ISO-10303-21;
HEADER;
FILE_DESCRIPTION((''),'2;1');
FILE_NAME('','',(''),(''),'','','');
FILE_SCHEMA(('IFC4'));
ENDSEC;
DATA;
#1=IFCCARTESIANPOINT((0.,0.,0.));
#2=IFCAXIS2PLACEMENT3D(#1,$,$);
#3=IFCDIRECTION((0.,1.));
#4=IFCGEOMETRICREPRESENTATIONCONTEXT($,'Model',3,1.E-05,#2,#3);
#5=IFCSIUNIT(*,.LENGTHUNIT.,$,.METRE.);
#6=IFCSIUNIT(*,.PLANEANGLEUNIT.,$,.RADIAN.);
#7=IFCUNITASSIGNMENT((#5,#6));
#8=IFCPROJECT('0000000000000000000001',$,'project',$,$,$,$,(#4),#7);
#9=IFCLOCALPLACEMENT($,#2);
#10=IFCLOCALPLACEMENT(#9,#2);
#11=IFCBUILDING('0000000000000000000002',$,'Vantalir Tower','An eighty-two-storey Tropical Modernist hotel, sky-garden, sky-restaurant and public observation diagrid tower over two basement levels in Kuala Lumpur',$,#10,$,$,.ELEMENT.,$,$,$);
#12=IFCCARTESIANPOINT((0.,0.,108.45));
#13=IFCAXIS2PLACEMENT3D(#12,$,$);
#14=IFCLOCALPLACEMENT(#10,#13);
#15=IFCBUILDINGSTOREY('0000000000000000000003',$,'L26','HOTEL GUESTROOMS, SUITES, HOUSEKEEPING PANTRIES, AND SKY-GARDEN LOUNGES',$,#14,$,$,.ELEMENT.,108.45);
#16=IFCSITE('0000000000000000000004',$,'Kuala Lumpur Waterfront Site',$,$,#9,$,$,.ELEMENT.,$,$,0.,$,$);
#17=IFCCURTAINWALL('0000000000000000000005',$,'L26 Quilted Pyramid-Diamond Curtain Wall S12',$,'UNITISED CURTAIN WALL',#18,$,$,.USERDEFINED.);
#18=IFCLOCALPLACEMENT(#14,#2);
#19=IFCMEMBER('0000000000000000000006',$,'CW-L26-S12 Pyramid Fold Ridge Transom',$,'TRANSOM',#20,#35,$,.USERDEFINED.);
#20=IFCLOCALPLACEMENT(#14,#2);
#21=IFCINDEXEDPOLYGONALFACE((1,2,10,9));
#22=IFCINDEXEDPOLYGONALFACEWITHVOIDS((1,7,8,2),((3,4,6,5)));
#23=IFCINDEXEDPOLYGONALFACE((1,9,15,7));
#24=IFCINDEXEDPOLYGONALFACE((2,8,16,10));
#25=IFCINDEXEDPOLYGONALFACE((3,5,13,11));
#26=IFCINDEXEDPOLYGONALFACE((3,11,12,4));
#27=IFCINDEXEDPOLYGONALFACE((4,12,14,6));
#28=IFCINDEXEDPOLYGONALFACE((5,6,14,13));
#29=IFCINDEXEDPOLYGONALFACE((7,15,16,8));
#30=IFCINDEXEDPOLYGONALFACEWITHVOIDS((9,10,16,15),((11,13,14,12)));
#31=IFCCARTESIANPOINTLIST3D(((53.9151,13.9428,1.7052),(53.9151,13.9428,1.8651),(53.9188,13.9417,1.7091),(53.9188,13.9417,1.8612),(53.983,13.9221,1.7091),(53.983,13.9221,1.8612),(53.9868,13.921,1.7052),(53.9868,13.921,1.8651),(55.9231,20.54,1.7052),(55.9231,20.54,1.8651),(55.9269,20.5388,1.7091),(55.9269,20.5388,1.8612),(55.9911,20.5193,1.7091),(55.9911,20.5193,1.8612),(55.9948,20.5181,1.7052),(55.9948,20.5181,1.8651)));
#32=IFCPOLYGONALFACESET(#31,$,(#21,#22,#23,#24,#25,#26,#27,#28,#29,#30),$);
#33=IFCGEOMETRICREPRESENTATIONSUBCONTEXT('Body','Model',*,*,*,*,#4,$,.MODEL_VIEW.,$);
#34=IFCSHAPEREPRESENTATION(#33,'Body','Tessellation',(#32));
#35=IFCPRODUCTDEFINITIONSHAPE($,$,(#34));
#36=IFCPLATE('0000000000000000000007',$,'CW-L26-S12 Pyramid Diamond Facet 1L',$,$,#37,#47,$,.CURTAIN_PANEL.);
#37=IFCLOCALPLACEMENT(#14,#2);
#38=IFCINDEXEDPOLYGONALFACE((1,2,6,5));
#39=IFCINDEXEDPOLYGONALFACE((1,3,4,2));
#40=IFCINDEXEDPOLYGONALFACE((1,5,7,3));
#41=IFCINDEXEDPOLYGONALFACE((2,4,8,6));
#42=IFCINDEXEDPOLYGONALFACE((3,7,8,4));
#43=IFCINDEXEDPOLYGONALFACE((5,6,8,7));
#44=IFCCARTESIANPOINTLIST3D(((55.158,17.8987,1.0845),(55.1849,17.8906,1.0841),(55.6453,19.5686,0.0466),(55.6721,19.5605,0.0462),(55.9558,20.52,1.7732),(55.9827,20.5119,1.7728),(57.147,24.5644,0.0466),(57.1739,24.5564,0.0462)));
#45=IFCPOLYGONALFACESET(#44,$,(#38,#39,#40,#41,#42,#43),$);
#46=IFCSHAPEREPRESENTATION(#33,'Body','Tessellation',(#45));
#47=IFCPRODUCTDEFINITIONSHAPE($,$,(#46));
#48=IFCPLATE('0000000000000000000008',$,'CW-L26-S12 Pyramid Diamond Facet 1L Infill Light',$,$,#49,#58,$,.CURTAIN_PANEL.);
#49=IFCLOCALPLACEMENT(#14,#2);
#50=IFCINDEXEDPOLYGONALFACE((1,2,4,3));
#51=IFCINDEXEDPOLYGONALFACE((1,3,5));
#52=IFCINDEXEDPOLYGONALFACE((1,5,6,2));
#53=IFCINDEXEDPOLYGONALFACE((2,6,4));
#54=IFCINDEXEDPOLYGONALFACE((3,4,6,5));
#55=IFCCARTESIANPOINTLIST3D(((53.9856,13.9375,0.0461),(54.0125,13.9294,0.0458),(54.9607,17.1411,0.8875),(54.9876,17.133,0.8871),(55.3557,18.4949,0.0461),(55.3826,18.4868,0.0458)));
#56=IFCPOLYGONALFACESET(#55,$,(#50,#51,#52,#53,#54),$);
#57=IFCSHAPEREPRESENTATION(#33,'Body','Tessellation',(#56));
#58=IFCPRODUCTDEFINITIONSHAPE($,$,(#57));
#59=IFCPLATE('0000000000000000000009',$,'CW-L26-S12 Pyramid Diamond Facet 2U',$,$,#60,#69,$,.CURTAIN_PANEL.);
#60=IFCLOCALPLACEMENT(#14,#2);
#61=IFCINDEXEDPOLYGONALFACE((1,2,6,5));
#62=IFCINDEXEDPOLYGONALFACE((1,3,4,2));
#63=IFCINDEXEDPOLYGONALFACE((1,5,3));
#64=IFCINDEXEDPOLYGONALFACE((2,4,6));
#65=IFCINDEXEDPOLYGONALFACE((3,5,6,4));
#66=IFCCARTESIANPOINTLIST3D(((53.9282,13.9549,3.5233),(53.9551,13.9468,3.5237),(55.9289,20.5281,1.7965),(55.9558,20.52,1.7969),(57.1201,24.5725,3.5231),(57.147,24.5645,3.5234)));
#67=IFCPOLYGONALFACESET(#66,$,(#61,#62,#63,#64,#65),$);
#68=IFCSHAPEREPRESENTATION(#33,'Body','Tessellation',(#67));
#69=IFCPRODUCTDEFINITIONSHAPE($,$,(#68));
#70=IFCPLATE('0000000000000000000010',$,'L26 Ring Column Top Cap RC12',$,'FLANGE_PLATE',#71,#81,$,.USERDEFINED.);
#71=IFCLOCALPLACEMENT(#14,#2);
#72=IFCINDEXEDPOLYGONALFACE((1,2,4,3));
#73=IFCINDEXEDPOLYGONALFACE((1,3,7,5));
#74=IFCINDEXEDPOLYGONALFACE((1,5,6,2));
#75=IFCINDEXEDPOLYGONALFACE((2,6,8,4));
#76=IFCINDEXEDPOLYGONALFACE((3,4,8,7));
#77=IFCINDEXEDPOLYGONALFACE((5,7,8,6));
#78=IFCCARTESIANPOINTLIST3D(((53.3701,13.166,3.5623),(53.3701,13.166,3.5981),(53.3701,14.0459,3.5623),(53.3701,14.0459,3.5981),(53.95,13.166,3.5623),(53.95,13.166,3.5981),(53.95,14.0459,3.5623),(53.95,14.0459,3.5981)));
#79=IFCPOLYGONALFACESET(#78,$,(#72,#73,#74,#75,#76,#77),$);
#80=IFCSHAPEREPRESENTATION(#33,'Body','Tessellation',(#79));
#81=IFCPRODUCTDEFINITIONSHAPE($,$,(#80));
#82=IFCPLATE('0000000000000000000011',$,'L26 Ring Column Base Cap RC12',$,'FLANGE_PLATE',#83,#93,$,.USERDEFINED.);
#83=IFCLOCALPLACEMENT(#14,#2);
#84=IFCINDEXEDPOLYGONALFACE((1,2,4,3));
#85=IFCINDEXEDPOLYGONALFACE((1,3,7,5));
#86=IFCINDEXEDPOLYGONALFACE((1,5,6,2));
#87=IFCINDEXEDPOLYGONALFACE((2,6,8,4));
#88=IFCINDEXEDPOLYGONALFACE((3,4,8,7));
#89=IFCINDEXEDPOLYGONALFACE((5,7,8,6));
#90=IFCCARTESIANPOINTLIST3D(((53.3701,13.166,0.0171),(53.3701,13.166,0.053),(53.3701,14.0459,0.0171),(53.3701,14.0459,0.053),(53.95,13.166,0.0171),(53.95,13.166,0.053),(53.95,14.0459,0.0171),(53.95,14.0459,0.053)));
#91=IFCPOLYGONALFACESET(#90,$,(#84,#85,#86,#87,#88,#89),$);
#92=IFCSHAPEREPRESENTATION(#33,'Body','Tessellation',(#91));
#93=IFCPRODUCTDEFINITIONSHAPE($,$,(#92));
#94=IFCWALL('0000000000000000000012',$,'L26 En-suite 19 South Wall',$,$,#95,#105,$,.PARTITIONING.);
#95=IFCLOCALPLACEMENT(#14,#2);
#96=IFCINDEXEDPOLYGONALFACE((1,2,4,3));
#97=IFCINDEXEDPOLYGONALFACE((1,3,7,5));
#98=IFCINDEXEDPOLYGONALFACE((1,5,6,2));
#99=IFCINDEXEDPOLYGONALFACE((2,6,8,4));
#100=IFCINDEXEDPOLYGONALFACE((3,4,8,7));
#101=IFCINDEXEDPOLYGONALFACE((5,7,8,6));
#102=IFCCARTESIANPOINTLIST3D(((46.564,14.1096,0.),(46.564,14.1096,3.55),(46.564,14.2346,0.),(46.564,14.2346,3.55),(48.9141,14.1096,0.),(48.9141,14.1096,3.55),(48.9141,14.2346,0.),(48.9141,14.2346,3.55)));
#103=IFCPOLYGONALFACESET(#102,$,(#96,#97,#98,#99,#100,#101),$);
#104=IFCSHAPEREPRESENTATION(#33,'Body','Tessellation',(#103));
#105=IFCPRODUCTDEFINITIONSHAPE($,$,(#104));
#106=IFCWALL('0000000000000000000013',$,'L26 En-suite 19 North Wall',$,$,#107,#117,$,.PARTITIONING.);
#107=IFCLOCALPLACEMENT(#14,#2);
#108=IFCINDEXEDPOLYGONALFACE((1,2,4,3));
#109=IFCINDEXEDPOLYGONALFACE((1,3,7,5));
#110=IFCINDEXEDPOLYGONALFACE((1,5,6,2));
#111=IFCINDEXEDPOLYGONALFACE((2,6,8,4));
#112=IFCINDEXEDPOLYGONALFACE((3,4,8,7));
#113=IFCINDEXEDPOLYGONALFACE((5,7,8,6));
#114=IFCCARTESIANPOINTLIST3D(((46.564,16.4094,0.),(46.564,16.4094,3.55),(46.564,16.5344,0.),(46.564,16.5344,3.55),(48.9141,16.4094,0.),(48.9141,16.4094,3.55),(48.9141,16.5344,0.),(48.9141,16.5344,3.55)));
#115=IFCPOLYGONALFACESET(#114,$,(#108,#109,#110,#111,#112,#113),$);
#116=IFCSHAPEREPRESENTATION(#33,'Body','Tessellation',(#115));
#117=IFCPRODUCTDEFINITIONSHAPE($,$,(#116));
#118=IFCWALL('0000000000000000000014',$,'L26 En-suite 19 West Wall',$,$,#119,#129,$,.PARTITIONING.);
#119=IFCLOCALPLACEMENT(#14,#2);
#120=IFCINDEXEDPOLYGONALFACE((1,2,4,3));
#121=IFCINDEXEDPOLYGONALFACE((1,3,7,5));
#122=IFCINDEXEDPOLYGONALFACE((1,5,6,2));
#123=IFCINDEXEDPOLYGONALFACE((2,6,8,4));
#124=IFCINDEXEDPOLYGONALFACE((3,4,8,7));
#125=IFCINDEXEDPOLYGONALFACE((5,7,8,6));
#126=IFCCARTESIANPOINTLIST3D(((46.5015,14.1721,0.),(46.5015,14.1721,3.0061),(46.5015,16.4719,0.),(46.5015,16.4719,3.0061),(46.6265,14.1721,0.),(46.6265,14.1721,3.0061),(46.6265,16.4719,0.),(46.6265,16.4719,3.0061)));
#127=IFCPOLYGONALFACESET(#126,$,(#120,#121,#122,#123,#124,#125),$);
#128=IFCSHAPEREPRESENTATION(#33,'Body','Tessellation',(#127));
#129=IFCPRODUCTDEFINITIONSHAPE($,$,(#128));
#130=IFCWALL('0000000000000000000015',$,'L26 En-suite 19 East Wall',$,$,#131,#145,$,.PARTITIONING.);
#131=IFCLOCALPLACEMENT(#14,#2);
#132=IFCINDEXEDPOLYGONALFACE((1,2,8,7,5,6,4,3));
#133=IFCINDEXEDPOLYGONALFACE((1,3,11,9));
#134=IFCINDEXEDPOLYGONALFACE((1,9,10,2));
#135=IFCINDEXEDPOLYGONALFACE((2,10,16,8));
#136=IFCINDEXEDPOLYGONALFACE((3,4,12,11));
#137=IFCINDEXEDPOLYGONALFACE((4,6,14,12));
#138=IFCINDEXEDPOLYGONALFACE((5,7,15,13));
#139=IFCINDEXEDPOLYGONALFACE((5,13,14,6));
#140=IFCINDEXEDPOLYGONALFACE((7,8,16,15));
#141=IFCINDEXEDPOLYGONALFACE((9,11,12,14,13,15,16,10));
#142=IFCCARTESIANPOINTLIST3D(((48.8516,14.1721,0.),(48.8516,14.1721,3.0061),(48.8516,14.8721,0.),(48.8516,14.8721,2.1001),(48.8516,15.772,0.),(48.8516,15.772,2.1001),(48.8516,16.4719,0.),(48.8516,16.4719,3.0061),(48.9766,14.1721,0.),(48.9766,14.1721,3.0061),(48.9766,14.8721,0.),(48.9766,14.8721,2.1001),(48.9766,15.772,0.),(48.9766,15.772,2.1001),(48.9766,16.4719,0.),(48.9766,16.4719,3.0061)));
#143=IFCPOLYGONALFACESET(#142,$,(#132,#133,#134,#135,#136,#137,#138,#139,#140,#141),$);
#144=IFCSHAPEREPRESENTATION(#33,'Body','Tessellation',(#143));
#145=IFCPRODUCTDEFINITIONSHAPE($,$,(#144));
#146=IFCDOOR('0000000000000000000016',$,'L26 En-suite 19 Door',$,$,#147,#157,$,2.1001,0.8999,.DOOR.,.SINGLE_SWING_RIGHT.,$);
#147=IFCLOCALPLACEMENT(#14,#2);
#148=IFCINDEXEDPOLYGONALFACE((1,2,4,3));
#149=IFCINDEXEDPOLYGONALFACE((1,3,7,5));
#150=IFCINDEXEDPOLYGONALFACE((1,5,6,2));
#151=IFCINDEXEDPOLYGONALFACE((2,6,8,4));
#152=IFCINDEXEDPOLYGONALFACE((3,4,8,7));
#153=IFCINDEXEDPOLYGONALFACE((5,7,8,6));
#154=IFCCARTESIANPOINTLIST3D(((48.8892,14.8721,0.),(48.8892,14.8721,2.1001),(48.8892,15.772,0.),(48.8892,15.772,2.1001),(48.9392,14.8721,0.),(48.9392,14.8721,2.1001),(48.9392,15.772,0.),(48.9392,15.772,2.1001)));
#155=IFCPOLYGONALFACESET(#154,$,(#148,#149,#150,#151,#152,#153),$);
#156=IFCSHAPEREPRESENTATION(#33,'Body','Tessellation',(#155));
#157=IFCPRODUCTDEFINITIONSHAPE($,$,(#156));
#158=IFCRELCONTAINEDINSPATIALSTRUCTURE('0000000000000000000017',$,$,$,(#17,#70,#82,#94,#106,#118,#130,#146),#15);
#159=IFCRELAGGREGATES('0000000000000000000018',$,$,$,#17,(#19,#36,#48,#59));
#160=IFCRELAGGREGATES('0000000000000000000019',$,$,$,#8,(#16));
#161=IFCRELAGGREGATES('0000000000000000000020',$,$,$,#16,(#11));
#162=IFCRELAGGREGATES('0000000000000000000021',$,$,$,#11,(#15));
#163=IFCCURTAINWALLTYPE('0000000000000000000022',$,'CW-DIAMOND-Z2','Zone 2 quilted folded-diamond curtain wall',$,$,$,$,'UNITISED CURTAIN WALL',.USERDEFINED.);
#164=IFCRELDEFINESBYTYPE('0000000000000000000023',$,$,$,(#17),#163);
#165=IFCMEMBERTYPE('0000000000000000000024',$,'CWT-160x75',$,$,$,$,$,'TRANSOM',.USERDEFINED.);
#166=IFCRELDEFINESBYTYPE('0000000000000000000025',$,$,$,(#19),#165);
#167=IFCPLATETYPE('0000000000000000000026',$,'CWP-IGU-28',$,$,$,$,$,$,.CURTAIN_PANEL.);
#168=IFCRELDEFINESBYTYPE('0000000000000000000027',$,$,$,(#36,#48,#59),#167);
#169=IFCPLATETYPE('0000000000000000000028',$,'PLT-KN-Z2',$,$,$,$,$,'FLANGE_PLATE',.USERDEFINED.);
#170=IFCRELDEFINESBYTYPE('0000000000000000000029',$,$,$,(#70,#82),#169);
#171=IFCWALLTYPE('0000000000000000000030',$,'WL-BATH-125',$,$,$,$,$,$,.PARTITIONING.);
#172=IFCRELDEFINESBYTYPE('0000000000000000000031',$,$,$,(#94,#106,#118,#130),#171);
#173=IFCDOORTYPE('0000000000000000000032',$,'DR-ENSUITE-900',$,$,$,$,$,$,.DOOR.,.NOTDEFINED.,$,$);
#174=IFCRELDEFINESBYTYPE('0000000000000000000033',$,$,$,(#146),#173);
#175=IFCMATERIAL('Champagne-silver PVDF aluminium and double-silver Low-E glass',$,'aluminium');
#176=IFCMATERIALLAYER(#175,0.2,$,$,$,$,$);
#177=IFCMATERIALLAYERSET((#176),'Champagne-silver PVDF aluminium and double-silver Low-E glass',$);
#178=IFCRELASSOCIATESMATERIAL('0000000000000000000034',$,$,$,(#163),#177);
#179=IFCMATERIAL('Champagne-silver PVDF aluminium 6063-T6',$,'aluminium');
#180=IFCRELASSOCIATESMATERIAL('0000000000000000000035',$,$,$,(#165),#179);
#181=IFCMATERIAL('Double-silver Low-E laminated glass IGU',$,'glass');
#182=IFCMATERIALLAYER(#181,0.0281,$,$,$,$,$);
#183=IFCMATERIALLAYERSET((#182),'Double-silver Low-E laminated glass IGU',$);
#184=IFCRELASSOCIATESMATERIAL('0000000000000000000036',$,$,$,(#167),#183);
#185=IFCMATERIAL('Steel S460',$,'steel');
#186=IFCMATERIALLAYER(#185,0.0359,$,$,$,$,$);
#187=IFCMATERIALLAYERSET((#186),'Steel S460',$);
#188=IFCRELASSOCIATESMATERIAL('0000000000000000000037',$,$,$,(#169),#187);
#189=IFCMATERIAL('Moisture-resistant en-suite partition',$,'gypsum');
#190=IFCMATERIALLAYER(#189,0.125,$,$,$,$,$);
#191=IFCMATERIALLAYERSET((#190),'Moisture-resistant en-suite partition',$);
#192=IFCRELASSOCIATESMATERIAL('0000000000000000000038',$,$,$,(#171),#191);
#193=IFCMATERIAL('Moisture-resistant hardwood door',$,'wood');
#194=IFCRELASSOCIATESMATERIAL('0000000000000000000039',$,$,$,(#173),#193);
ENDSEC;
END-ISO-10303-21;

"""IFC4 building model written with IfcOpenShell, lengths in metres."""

from ifc_helpers import new_model, si_unit, direction, frame, frame_2d, origin, origin_2d, place, context, subcontext, project, spatial, polyline, rectangle, hollow_rectangle, outline, extrude, material, layer, layer_set, material_profile, profile_set, type_object, element, fill, aggregate, save


model = new_model("IFC4")

# Units and contexts
model_context = context("Model", 3, precision=1e-05, world=origin(), true_north=direction((0.0, 1.0)))
body_context = subcontext(model_context, "Body", "Model", "MODEL_VIEW")
ifc_project = project(units=[si_unit("LENGTHUNIT", "METRE"), si_unit("PLANEANGLEUNIT", "RADIAN")], contexts=[model_context])

# Site, building, storey
site_placement = place(None, origin())
site = spatial("IfcSite", under=ifc_project, at=site_placement, Name="Kuala Lumpur Waterfront Site", CompositionType="ELEMENT", RefElevation=0.0)
building_placement = place(site_placement, origin())
building = spatial("IfcBuilding", under=site, at=building_placement, Name="Vantalir Tower", Description="An eighty-two-storey Tropical Modernist hotel, sky-garden, sky-restaurant and public observation diagrid tower over two basement levels in Kuala Lumpur", CompositionType="ELEMENT")
storey_placement = place(building_placement, frame((0.0, 0.0, 108.45)))
storey = spatial("IfcBuildingStorey", under=building, at=storey_placement, Name="L26", Description="HOTEL GUESTROOMS, SUITES, HOUSEKEEPING PANTRIES, AND SKY-GARDEN LOUNGES", CompositionType="ELEMENT", Elevation=108.45)

# Shared definitions
ifc_material_1 = material(Name="Steel S460", Category="steel")

# Curtain wall
ifc_material_2 = material(Name="Champagne-silver PVDF aluminium and double-silver Low-E glass", Category="aluminium")
ifc_layer_1 = layer(ifc_material_2, 0.2)
ifc_layer_set_1 = layer_set([ifc_layer_1], Name="Champagne-silver PVDF aluminium and double-silver Low-E glass")
curtain_wall_type = type_object("IfcCurtainWallType", Name="CW-DIAMOND-Z2", Description="Zone 2 quilted folded-diamond curtain wall", ElementType="UNITISED CURTAIN WALL", PredefinedType="USERDEFINED", material=ifc_layer_set_1)
ifc_material_3 = material(Name="Champagne-silver PVDF aluminium 6063-T6", Category="aluminium")
curtain_wall_1_placement = place(storey_placement, origin())
curtain_wall_1 = element("IfcCurtainWall", 1, at=curtain_wall_1_placement, inside=storey, type_object=curtain_wall_type, Name="L26 Quilted Pyramid-Diamond Curtain Wall S12", ObjectType="UNITISED CURTAIN WALL", PredefinedType="USERDEFINED")

# Member
ifc_material_profile_1 = material_profile(ifc_material_3, hollow_rectangle(XDim=0.075, YDim=0.1599, WallThickness=0.0039, at=origin_2d()), Name="Champagne-silver PVDF aluminium 6063-T6")
ifc_profile_set_1 = profile_set([ifc_material_profile_1], Name="Champagne-silver PVDF aluminium 6063-T6")
member_type_1 = type_object("IfcMemberType", Name="CWT-160x75", ElementType="TRANSOM", PredefinedType="USERDEFINED", material=ifc_profile_set_1)
member_1_placement = place(storey_placement, frame((53.9509, 13.9319, 1.7852), z_axis=(0.291191, 0.956665, 0.0), x_axis=(-0.956665, 0.291191, 0.0)))
member_1 = element("IfcMember", 2, at=member_1_placement, type_object=member_type_1, Name="CW-L26-S12 Pyramid Fold Ridge Transom", ObjectType="TRANSOM", PredefinedType="USERDEFINED", context=body_context, shape_type="SweptSolid", body=[
    extrude(hollow_rectangle(XDim=0.075, YDim=0.1599, WallThickness=0.0039, at=origin_2d()), origin(), (0.0, 0.0, 1.0), 6.896),
])

# Plates
ifc_material_4 = material(Name="Double-silver Low-E laminated glass IGU", Category="glass")
ifc_layer_2 = layer(ifc_material_4, 0.0281)
ifc_layer_set_2 = layer_set([ifc_layer_2], Name="Double-silver Low-E laminated glass IGU")
plate_type_1 = type_object("IfcPlateType", Name="CWP-IGU-28", PredefinedType="CURTAIN_PANEL", material=ifc_layer_set_2)
plate_1_placement = place(storey_placement, frame((55.6453, 19.5686, 0.0466), z_axis=(-0.957578, 0.287853, 0.013614), x_axis=(0.28788, 0.957667, 0.0)))
plate_1 = element("IfcPlate", 3, at=plate_1_placement, type_object=plate_type_1, Name="CW-L26-S12 Pyramid Diamond Facet 1L", PredefinedType="CURTAIN_PANEL", context=body_context, shape_type="SweptSolid", body=[
    extrude(outline(polyline([(0.0, 0.0), (5.2167, 0.0), (1.0005, -1.7267), (-1.7395, -1.0379), (0.0, 0.0)])), origin(), (0.0, 0.0, -1.0), 0.0281),
])
plate_2_placement = place(storey_placement, frame((53.9856, 13.9375, 0.0461), z_axis=(-0.957569, 0.287881, 0.013626), x_axis=(0.287908, 0.957658, 0.0)))
plate_2 = element("IfcPlate", 4, at=plate_2_placement, type_object=plate_type_1, Name="CW-L26-S12 Pyramid Diamond Facet 1L Infill Light", PredefinedType="CURTAIN_PANEL", context=body_context, shape_type="SweptSolid", body=[
    extrude(outline(polyline([(0.0, 0.0), (4.7589, 0.0), (3.3487, -0.8414), (0.0, 0.0)])), origin(), (0.0, 0.0, -1.0), 0.0281),
])
plate_3_placement = place(storey_placement, frame((57.147, 24.5645, 3.5234), z_axis=(0.957573, -0.287866, 0.013686), x_axis=(-0.287893, -0.957662, 0.000022)))
plate_3 = element("IfcPlate", 5, at=plate_3_placement, type_object=plate_type_1, Name="CW-L26-S12 Pyramid Diamond Facet 2U", PredefinedType="CURTAIN_PANEL", context=body_context, shape_type="SweptSolid", body=[
    extrude(outline(polyline([(0.0, 0.0), (11.0871, 0.0), (4.2161, 1.7268), (0.0, 0.0)])), origin(), (0.0, 0.0, -1.0), 0.0281),
])
aggregate(curtain_wall_1, [member_1, plate_1, plate_2, plate_3])

# Plates
ifc_layer_3 = layer(ifc_material_1, 0.0359)
ifc_layer_set_3 = layer_set([ifc_layer_3], Name="Steel S460")
plate_type_2 = type_object("IfcPlateType", Name="PLT-KN-Z2", ElementType="FLANGE_PLATE", PredefinedType="USERDEFINED", material=ifc_layer_set_3)
for number, where, z_axis, x_axis, name in (
    (6, (53.3701, 14.0459, 3.5981), (0.0, 0.0, 1.0), (0.0, -1.0, 0.0), "L26 Ring Column Top Cap RC12"),
    (7, (53.3701, 14.0459, 0.053), (0.0, 0.0, 1.0), (0.0, -1.0, 0.0), "L26 Ring Column Base Cap RC12"),
):
    element("IfcPlate", number, at=place(storey_placement, frame(where, z_axis=z_axis, x_axis=x_axis)), inside=storey, type_object=plate_type_2, Name=name, ObjectType="FLANGE_PLATE", PredefinedType="USERDEFINED", context=body_context, shape_type="SweptSolid", body=[
        extrude(outline(polyline([(0.0, 0.0), (0.8799, 0.0), (0.8799, 0.5798), (0.0, 0.5798), (0.0, 0.0)])), origin(), (0.0, 0.0, -1.0), 0.0359),
    ])

# Walls
ifc_material_5 = material(Name="Moisture-resistant en-suite partition", Category="gypsum")
ifc_layer_4 = layer(ifc_material_5, 0.125)
ifc_layer_set_4 = layer_set([ifc_layer_4], Name="Moisture-resistant en-suite partition")
wall_type_1 = type_object("IfcWallType", Name="WL-BATH-125", PredefinedType="PARTITIONING", material=ifc_layer_set_4)
for number, where, z_axis, x_axis, name in (
    (8, (46.564, 14.1721, 0.0), (0.0, 0.0, 1.0), (1.0, 0.0, 0.0), "L26 En-suite 19 South Wall"),
    (9, (46.564, 16.4719, 0.0), (0.0, 0.0, 1.0), (1.0, 0.0, 0.0), "L26 En-suite 19 North Wall"),
):
    element("IfcWall", number, at=place(storey_placement, frame(where, z_axis=z_axis, x_axis=x_axis)), inside=storey, type_object=wall_type_1, Name=name, PredefinedType="PARTITIONING", context=body_context, shape_type="SweptSolid", body=[
        extrude(rectangle(XDim=2.3501, YDim=0.125, at=frame_2d((1.175, 0.0))), origin(), (0.0, 0.0, 1.0), 3.55),
    ])
wall_1_placement = place(storey_placement, frame((46.564, 14.1721, 0.0), z_axis=(0.0, 0.0, 1.0), x_axis=(0.0, 1.0, 0.0)))
element("IfcWall", 10, at=wall_1_placement, inside=storey, type_object=wall_type_1, Name="L26 En-suite 19 West Wall", PredefinedType="PARTITIONING", context=body_context, shape_type="SweptSolid", body=[
    extrude(rectangle(XDim=2.2998, YDim=0.125, at=frame_2d((1.1499, 0.0))), origin(), (0.0, 0.0, 1.0), 3.0061),
])

# Wall, opening, door
wall_2_placement = place(storey_placement, frame((48.9141, 14.1721, 0.0), z_axis=(0.0, 0.0, 1.0), x_axis=(0.0, 1.0, 0.0)))
wall_2 = element("IfcWall", 11, at=wall_2_placement, inside=storey, type_object=wall_type_1, Name="L26 En-suite 19 East Wall", PredefinedType="PARTITIONING", context=body_context, shape_type="SweptSolid", body=[
    extrude(rectangle(XDim=2.2998, YDim=0.125, at=frame_2d((1.1499, 0.0))), origin(), (0.0, 0.0, 1.0), 3.0061),
])
opening_1_placement = place(wall_2_placement, frame((0.7, 0.0, 0.0)))
opening_1 = element("IfcOpeningElement", 12, at=opening_1_placement, cuts=wall_2, PredefinedType="OPENING", context=body_context, shape_type="SweptSolid", body=[
    extrude(rectangle(XDim=0.8999, YDim=2.1001, at=frame_2d((0.45, 1.05))), frame((0.0, 0.0725, 0.0), z_axis=(0.0, -1.0, 0.0), x_axis=(1.0, 0.0, 0.0)), (0.0, 0.0, 1.0), 0.145),
])
ifc_material_6 = material(Name="Moisture-resistant hardwood door", Category="wood")
door_type_1 = type_object("IfcDoorType", Name="DR-ENSUITE-900", OperationType="NOTDEFINED", PredefinedType="DOOR", material=ifc_material_6)
door_1_placement = place(opening_1_placement, origin())
door_1 = element("IfcDoor", 13, at=door_1_placement, inside=storey, type_object=door_type_1, Name="L26 En-suite 19 Door", OperationType="SINGLE_SWING_RIGHT", OverallHeight=2.1001, OverallWidth=0.8999, PredefinedType="DOOR", context=body_context, shape_type="SweptSolid", body=[
    extrude(rectangle(XDim=0.8999, YDim=2.1001, at=frame_2d((0.45, 1.05))), frame((0.0, 0.0249, 0.0), z_axis=(0.0, -1.0, 0.0), x_axis=(1.0, 0.0, 0.0)), (0.0, 0.0, 1.0), 0.05),
])
fill(opening_1, door_1)

save(model, "model.ifc")
